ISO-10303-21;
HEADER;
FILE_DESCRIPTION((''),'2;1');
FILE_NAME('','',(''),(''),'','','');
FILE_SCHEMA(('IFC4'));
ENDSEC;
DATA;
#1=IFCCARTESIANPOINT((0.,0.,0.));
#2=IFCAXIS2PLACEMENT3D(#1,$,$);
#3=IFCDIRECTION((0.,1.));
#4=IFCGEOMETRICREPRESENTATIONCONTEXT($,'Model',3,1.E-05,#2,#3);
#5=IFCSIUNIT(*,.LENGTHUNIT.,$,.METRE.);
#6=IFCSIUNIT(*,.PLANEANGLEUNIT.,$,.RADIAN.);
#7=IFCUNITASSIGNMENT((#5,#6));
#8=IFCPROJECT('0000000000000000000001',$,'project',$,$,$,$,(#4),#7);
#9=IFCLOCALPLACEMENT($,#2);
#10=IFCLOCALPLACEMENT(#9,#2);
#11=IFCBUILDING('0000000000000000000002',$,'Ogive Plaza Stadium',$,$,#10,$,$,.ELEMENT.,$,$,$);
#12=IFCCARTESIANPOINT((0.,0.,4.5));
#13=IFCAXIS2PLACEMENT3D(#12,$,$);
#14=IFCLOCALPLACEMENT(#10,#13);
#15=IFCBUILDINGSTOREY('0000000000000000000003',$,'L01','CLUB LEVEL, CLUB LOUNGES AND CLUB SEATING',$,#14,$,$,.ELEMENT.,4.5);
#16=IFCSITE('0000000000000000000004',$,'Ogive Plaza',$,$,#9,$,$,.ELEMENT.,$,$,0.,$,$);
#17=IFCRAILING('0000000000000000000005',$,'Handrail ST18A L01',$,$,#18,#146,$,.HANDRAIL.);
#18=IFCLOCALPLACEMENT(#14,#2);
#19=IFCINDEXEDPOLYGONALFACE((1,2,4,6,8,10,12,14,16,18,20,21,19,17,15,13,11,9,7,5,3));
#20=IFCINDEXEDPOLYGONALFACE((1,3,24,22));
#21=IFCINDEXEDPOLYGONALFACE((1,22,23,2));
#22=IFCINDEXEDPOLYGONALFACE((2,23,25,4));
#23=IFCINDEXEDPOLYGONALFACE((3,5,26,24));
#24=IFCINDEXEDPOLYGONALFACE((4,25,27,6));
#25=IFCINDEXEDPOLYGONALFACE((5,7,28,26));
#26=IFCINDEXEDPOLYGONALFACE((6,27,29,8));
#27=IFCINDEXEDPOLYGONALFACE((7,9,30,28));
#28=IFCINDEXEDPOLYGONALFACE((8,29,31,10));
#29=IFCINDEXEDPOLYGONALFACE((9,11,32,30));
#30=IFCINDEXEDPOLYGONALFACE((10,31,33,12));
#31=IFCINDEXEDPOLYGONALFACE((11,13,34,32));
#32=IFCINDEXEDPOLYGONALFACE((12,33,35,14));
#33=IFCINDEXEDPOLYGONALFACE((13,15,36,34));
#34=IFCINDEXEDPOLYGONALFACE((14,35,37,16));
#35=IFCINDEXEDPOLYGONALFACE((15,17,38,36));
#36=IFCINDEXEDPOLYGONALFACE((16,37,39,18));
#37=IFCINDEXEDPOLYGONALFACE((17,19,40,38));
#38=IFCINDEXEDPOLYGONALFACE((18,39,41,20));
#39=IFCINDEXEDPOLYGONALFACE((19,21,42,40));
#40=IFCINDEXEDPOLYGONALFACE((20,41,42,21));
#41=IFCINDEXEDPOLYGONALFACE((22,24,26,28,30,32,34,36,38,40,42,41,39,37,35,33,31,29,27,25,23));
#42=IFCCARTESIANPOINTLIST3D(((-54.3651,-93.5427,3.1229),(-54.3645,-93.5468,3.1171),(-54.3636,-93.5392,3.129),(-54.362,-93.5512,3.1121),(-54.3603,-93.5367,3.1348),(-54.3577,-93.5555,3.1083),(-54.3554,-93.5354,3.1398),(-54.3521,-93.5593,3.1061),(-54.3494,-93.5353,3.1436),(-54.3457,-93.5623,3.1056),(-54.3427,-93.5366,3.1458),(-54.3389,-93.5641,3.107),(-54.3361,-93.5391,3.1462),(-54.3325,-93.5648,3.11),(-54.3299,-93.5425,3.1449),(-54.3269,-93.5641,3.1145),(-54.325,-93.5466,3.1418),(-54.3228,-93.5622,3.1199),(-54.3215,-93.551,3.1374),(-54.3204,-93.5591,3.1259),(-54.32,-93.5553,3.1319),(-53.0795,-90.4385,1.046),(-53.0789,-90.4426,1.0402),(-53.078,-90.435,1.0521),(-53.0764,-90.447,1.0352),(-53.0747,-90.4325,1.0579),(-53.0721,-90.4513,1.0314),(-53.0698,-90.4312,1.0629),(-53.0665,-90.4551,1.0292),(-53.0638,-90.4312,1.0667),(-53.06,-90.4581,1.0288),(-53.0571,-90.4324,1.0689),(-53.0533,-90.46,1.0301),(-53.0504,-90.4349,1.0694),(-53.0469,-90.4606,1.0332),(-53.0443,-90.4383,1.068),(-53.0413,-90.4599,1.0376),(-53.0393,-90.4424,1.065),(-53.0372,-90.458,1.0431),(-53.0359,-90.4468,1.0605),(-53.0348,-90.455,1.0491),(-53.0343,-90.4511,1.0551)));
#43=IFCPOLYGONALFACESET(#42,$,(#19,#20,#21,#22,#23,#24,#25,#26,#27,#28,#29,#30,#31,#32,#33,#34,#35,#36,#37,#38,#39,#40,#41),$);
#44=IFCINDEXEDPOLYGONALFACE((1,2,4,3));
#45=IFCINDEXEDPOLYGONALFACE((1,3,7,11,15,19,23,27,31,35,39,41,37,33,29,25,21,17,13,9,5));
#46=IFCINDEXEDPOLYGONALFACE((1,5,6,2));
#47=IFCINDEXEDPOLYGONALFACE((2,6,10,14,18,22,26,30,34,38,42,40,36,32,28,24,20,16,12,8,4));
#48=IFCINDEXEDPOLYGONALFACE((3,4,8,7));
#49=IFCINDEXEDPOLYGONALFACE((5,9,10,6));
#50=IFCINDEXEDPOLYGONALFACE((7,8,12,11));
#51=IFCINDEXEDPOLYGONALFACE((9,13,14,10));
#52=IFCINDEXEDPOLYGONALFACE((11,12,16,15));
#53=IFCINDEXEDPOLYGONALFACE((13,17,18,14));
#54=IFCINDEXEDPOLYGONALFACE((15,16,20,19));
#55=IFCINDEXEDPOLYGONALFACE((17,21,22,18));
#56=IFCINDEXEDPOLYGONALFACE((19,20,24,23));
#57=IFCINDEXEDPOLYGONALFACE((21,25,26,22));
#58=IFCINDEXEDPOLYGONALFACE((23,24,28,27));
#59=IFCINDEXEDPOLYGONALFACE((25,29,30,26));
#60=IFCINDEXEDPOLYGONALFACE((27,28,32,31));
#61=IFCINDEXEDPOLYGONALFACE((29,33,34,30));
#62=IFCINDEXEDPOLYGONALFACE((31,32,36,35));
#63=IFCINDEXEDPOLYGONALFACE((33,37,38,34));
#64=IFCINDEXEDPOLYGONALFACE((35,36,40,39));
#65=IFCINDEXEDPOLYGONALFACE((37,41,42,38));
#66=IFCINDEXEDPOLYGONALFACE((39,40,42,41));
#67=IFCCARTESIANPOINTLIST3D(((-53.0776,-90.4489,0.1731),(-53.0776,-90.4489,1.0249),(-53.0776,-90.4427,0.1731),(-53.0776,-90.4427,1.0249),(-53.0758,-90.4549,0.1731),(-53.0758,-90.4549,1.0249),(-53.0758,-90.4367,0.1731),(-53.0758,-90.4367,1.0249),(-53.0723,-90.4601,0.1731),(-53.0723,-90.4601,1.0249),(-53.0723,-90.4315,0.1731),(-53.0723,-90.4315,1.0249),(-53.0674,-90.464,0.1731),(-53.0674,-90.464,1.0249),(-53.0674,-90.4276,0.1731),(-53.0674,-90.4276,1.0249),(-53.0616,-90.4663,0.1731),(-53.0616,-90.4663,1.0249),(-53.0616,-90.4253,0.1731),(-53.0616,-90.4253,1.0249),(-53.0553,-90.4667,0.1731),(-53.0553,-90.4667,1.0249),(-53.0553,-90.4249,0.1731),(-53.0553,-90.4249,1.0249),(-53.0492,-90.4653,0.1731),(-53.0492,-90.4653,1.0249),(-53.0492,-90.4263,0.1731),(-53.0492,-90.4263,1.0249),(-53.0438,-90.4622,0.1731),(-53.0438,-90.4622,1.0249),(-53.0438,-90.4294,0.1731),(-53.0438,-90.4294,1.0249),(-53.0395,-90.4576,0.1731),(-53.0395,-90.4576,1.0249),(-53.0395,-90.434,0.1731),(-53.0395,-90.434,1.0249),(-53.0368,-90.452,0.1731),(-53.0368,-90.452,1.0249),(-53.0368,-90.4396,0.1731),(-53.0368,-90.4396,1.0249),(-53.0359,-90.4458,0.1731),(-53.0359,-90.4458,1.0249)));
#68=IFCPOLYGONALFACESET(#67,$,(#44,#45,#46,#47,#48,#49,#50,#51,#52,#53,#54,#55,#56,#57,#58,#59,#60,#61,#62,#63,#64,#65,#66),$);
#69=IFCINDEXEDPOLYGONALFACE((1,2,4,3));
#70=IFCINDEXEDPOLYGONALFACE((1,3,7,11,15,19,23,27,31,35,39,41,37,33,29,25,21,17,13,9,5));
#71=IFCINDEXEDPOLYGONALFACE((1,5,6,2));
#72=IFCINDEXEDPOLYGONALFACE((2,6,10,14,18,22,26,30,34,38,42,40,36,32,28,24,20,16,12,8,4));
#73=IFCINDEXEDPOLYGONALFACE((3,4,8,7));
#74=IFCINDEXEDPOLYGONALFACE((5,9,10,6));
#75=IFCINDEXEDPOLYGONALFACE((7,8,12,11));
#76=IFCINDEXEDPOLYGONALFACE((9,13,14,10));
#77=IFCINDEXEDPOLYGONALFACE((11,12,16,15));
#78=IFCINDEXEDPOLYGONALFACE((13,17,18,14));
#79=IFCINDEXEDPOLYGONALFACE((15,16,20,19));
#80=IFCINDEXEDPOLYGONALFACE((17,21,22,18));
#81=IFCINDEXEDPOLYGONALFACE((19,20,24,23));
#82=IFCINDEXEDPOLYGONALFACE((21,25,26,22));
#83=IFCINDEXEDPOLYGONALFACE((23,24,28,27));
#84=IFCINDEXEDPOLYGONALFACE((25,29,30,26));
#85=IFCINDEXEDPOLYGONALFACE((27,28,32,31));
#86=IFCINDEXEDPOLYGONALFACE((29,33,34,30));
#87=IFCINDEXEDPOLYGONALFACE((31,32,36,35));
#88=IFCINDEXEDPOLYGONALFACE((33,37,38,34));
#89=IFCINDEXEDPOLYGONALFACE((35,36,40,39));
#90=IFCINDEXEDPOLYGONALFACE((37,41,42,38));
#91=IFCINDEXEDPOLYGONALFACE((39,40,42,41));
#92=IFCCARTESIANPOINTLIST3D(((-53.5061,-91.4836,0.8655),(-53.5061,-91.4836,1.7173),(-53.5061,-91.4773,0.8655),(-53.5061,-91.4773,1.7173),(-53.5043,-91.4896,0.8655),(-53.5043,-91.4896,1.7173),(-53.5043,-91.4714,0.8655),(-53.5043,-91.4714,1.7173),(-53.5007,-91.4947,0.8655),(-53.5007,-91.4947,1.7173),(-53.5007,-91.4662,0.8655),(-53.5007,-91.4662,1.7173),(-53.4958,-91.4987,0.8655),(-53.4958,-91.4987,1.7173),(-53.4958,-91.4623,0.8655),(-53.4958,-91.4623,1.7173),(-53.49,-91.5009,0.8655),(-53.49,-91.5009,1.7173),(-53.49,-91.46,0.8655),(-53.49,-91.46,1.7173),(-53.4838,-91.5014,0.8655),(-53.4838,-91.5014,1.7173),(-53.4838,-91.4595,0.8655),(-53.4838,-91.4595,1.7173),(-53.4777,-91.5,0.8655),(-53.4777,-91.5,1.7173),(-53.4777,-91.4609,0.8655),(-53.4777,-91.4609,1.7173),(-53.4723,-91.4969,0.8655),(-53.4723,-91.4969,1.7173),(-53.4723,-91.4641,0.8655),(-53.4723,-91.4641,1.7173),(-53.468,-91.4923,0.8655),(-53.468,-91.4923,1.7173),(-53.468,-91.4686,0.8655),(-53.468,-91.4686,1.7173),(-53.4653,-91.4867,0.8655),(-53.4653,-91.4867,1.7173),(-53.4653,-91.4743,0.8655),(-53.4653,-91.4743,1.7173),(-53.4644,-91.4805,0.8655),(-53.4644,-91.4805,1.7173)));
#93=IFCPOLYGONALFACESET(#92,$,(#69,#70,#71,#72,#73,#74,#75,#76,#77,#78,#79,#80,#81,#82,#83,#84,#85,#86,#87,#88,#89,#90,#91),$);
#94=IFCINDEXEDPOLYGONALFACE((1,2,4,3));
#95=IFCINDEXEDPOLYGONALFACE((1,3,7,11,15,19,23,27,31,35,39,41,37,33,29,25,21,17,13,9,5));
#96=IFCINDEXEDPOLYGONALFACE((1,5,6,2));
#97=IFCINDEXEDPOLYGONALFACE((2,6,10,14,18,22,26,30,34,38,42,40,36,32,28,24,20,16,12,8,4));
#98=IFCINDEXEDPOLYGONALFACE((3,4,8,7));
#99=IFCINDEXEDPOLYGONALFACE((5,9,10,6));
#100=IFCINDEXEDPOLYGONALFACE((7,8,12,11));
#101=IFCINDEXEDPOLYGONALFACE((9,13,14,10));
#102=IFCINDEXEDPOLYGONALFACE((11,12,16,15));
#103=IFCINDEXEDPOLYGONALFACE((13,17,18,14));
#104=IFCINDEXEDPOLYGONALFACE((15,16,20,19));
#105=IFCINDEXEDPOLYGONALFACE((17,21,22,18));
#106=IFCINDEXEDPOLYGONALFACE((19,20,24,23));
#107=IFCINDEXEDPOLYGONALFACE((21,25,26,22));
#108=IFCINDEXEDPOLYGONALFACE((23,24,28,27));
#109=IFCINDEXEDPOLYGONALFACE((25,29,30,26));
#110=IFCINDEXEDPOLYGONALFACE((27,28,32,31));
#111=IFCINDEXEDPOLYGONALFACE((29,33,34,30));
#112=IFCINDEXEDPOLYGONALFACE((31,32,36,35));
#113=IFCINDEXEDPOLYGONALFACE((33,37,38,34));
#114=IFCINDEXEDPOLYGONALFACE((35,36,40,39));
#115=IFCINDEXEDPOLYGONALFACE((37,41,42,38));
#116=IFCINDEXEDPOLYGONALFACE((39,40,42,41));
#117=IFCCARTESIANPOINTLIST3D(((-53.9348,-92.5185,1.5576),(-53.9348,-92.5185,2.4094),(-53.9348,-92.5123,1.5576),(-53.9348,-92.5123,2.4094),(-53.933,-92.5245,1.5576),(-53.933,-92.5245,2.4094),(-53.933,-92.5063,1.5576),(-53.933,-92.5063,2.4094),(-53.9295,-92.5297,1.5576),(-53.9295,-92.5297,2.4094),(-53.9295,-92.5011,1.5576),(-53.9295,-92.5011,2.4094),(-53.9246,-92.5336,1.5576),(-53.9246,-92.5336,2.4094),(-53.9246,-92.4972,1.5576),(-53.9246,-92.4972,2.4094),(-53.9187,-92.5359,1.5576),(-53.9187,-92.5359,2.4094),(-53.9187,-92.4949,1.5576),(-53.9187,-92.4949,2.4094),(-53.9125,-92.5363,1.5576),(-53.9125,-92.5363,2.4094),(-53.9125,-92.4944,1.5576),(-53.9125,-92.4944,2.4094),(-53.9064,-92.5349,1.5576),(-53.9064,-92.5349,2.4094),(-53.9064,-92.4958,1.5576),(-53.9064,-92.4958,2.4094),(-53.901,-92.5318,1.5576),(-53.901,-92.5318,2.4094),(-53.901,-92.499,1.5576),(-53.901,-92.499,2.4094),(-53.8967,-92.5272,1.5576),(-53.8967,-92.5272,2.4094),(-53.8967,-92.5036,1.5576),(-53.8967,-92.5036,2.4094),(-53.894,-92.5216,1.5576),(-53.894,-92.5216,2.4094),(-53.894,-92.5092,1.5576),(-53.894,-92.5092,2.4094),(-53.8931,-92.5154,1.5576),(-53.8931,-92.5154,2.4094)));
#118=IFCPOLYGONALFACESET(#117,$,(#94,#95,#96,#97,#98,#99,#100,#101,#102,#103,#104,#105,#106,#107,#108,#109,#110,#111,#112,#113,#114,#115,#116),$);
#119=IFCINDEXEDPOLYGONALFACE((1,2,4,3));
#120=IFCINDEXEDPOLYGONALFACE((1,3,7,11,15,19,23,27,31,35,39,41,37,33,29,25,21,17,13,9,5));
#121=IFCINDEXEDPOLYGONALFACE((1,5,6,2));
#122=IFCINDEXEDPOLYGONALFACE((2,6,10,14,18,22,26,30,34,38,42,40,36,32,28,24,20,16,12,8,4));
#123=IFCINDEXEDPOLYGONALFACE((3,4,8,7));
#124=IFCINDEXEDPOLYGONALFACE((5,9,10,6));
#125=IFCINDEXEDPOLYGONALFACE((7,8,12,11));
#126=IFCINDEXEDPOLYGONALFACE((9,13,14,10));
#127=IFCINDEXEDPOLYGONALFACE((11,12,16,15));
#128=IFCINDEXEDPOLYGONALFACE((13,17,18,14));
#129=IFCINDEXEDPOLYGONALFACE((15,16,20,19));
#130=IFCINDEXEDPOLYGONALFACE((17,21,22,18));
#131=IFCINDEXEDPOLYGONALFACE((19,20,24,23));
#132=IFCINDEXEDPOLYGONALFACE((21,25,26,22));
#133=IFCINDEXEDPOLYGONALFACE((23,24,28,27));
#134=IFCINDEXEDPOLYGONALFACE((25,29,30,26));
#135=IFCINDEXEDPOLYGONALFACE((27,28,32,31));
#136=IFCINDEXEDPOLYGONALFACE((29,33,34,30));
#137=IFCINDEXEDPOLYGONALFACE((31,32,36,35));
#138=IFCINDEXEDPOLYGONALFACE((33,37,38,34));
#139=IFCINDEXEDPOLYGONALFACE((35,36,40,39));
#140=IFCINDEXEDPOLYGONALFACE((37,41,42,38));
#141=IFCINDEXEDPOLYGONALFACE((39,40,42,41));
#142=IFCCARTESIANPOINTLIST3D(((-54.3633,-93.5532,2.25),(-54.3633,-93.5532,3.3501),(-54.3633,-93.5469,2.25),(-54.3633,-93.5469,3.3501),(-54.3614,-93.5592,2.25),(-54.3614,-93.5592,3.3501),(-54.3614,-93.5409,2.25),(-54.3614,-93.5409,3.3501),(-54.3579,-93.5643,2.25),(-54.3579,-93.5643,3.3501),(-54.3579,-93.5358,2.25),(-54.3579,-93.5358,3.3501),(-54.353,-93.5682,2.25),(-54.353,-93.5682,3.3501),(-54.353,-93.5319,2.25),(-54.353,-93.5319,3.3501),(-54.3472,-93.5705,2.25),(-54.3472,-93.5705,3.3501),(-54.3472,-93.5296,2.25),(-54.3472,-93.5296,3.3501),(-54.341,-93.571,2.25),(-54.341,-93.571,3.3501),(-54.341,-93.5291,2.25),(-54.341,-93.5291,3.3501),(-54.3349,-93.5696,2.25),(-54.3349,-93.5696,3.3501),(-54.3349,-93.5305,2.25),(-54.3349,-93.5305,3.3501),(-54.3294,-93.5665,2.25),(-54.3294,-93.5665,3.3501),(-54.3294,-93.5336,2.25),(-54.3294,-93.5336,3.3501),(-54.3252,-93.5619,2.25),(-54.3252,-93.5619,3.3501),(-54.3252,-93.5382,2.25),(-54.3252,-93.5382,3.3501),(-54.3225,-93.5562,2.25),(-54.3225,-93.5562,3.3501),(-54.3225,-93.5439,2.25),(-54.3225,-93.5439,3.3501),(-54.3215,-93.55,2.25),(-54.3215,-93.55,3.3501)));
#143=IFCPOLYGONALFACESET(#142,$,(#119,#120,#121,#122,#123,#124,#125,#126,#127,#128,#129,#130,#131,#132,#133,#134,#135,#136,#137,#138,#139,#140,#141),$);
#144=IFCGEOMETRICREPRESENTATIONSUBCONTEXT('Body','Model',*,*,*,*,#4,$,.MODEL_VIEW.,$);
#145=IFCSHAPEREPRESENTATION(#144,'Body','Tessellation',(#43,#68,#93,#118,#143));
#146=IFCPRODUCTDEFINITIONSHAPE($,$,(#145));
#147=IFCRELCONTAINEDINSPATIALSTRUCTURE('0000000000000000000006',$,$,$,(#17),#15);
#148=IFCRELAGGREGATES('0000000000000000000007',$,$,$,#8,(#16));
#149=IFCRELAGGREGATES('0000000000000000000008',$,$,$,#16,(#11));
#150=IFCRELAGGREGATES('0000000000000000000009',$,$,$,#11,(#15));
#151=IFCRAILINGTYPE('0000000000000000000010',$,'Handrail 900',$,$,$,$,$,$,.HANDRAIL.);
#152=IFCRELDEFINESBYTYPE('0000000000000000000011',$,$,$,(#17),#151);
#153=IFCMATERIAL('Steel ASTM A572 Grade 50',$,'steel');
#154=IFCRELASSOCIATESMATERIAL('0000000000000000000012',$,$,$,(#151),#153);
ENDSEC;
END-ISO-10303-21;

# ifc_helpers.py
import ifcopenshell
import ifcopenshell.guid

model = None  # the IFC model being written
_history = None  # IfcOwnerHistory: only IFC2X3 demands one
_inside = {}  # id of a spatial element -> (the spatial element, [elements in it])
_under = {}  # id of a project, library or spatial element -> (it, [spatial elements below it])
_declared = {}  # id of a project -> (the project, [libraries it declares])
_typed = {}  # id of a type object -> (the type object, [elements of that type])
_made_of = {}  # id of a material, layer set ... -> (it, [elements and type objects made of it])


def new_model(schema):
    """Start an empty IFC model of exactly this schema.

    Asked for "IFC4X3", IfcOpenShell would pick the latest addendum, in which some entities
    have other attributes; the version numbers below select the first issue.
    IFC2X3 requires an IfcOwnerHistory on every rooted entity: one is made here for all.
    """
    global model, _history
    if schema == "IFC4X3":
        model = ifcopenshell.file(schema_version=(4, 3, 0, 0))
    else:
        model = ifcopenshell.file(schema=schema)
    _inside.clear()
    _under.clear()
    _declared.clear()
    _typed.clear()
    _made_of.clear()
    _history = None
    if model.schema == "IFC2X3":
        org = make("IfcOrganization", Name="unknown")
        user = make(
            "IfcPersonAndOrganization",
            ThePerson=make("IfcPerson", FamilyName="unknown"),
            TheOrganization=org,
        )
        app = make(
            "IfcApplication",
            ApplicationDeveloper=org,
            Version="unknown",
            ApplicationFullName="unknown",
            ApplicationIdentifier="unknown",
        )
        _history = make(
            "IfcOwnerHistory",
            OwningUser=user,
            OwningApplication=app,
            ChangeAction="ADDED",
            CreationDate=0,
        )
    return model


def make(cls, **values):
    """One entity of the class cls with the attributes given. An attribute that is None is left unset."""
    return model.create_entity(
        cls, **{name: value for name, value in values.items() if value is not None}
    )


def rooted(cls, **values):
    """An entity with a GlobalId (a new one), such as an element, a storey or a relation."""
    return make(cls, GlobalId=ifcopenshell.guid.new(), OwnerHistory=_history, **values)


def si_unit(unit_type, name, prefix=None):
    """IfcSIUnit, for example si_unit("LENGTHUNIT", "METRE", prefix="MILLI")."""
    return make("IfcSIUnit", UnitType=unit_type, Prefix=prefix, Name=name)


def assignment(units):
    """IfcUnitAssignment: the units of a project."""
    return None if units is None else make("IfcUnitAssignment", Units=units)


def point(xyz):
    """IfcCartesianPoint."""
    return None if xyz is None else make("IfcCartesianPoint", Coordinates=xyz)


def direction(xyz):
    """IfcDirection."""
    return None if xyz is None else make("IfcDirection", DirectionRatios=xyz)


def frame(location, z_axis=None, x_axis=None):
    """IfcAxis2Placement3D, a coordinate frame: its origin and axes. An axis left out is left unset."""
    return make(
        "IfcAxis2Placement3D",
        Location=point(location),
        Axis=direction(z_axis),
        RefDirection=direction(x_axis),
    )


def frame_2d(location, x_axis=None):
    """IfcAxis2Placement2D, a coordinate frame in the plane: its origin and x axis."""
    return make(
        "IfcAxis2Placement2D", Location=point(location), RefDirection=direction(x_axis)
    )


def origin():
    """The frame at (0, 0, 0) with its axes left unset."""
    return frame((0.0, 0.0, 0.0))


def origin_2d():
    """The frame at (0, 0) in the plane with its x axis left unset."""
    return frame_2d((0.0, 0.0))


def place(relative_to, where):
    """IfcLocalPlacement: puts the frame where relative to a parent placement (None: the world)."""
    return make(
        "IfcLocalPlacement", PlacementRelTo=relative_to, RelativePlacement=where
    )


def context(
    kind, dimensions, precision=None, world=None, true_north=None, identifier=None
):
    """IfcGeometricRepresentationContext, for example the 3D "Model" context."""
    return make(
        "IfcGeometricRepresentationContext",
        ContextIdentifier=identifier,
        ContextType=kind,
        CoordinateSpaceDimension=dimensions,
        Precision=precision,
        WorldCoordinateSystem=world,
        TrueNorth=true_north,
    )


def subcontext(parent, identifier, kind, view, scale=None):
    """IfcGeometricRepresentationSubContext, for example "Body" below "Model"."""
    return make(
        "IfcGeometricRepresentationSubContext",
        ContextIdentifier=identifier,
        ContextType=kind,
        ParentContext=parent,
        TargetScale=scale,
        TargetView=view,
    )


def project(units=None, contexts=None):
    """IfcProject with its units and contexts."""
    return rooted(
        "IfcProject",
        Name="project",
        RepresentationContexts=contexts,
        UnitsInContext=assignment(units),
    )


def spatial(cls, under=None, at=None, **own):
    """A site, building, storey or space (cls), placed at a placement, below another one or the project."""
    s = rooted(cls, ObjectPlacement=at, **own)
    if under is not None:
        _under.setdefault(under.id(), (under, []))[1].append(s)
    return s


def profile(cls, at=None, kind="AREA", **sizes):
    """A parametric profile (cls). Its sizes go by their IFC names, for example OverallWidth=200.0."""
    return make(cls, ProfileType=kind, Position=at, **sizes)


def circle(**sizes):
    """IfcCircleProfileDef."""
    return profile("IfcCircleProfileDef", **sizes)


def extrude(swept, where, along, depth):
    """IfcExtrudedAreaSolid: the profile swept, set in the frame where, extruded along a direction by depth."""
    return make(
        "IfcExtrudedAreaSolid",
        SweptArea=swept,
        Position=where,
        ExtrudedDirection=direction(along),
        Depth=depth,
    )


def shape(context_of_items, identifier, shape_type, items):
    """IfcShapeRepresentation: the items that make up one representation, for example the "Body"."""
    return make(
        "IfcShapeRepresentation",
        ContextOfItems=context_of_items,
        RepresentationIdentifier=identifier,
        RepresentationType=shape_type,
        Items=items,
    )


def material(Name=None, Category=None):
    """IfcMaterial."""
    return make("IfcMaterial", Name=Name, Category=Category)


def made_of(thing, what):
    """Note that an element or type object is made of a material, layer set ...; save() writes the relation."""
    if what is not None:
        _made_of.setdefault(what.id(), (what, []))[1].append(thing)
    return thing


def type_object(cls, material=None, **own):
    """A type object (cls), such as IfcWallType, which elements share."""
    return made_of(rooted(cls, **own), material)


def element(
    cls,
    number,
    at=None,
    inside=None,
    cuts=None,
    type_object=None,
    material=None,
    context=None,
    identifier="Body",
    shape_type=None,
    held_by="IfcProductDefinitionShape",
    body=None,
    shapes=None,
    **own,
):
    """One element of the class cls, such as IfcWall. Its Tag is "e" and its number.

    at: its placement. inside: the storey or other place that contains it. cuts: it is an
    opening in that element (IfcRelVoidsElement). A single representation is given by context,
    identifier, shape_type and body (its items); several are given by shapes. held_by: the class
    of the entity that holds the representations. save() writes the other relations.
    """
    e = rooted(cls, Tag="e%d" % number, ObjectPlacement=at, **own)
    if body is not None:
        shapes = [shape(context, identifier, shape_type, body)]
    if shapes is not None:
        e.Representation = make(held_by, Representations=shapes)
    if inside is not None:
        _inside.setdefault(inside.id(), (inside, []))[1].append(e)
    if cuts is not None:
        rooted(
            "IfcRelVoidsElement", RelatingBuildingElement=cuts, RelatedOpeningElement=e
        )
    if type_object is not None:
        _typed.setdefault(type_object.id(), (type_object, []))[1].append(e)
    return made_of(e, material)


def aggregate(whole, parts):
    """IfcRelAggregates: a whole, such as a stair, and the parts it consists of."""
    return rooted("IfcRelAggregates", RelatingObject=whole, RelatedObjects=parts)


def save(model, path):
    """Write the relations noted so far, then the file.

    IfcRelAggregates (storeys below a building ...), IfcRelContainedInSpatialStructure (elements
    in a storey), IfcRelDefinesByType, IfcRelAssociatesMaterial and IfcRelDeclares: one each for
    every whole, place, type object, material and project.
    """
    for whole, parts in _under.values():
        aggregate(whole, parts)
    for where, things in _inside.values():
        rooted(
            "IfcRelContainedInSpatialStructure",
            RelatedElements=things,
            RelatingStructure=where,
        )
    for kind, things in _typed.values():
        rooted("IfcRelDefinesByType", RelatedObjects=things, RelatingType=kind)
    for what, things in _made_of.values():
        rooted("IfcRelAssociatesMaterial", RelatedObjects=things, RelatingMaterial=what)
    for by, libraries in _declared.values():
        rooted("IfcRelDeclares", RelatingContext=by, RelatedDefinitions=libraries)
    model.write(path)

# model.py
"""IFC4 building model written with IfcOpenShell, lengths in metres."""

from ifc_helpers import new_model, si_unit, direction, frame, origin, origin_2d, place, context, subcontext, project, spatial, circle, extrude, material, type_object, element, save


model = new_model("IFC4")

# Units and contexts
model_context = context("Model", 3, precision=1e-05, world=origin(), true_north=direction((0.0, 1.0)))
body_context = subcontext(model_context, "Body", "Model", "MODEL_VIEW")
ifc_project = project(units=[si_unit("LENGTHUNIT", "METRE"), si_unit("PLANEANGLEUNIT", "RADIAN")], contexts=[model_context])

# Site, building, storey
site_placement = place(None, origin())
site = spatial("IfcSite", under=ifc_project, at=site_placement, Name="Ogive Plaza", CompositionType="ELEMENT", RefElevation=0.0)
building_placement = place(site_placement, origin())
building = spatial("IfcBuilding", under=site, at=building_placement, Name="Ogive Plaza Stadium", CompositionType="ELEMENT")
storey_placement = place(building_placement, frame((0.0, 0.0, 4.5)))
storey = spatial("IfcBuildingStorey", under=building, at=storey_placement, Name="L01", Description="CLUB LEVEL, CLUB LOUNGES AND CLUB SEATING", CompositionType="ELEMENT", Elevation=4.5)

# Railing
ifc_material_1 = material(Name="Steel ASTM A572 Grade 50", Category="steel")
railing_type_1 = type_object("IfcRailingType", Name="Handrail 900", PredefinedType="HANDRAIL", material=ifc_material_1)
railing_1_placement = place(storey_placement, frame((-53.0569, -90.4458, 0.1731)))
element("IfcRailing", 1, at=railing_1_placement, inside=storey, type_object=railing_type_1, Name="Handrail ST18A L01", PredefinedType="HANDRAIL", context=body_context, shape_type="SweptSolid", body=[
    extrude(circle(Radius=0.0239, at=origin_2d()), frame((0.0, 0.0, 0.876), z_axis=(-0.325477, -0.785879, 0.525794), x_axis=(0.923898, -0.382638, 0.0)), (0.0, 0.0, 1.0), 3.95),
    extrude(circle(Radius=0.021, at=origin_2d()), origin(), (0.0, 0.0, 1.0), 0.8518),
    extrude(circle(Radius=0.021, at=origin_2d()), frame((-0.4285, -1.0347, 0.6924)), (0.0, 0.0, 1.0), 0.8518),
    extrude(circle(Radius=0.021, at=origin_2d()), frame((-0.8572, -2.0696, 1.3845)), (0.0, 0.0, 1.0), 0.8518),
    extrude(circle(Radius=0.021, at=origin_2d()), frame((-1.2856, -3.1042, 2.0769)), (0.0, 0.0, 1.0), 1.1001),
])

save(model, "model.ifc")
